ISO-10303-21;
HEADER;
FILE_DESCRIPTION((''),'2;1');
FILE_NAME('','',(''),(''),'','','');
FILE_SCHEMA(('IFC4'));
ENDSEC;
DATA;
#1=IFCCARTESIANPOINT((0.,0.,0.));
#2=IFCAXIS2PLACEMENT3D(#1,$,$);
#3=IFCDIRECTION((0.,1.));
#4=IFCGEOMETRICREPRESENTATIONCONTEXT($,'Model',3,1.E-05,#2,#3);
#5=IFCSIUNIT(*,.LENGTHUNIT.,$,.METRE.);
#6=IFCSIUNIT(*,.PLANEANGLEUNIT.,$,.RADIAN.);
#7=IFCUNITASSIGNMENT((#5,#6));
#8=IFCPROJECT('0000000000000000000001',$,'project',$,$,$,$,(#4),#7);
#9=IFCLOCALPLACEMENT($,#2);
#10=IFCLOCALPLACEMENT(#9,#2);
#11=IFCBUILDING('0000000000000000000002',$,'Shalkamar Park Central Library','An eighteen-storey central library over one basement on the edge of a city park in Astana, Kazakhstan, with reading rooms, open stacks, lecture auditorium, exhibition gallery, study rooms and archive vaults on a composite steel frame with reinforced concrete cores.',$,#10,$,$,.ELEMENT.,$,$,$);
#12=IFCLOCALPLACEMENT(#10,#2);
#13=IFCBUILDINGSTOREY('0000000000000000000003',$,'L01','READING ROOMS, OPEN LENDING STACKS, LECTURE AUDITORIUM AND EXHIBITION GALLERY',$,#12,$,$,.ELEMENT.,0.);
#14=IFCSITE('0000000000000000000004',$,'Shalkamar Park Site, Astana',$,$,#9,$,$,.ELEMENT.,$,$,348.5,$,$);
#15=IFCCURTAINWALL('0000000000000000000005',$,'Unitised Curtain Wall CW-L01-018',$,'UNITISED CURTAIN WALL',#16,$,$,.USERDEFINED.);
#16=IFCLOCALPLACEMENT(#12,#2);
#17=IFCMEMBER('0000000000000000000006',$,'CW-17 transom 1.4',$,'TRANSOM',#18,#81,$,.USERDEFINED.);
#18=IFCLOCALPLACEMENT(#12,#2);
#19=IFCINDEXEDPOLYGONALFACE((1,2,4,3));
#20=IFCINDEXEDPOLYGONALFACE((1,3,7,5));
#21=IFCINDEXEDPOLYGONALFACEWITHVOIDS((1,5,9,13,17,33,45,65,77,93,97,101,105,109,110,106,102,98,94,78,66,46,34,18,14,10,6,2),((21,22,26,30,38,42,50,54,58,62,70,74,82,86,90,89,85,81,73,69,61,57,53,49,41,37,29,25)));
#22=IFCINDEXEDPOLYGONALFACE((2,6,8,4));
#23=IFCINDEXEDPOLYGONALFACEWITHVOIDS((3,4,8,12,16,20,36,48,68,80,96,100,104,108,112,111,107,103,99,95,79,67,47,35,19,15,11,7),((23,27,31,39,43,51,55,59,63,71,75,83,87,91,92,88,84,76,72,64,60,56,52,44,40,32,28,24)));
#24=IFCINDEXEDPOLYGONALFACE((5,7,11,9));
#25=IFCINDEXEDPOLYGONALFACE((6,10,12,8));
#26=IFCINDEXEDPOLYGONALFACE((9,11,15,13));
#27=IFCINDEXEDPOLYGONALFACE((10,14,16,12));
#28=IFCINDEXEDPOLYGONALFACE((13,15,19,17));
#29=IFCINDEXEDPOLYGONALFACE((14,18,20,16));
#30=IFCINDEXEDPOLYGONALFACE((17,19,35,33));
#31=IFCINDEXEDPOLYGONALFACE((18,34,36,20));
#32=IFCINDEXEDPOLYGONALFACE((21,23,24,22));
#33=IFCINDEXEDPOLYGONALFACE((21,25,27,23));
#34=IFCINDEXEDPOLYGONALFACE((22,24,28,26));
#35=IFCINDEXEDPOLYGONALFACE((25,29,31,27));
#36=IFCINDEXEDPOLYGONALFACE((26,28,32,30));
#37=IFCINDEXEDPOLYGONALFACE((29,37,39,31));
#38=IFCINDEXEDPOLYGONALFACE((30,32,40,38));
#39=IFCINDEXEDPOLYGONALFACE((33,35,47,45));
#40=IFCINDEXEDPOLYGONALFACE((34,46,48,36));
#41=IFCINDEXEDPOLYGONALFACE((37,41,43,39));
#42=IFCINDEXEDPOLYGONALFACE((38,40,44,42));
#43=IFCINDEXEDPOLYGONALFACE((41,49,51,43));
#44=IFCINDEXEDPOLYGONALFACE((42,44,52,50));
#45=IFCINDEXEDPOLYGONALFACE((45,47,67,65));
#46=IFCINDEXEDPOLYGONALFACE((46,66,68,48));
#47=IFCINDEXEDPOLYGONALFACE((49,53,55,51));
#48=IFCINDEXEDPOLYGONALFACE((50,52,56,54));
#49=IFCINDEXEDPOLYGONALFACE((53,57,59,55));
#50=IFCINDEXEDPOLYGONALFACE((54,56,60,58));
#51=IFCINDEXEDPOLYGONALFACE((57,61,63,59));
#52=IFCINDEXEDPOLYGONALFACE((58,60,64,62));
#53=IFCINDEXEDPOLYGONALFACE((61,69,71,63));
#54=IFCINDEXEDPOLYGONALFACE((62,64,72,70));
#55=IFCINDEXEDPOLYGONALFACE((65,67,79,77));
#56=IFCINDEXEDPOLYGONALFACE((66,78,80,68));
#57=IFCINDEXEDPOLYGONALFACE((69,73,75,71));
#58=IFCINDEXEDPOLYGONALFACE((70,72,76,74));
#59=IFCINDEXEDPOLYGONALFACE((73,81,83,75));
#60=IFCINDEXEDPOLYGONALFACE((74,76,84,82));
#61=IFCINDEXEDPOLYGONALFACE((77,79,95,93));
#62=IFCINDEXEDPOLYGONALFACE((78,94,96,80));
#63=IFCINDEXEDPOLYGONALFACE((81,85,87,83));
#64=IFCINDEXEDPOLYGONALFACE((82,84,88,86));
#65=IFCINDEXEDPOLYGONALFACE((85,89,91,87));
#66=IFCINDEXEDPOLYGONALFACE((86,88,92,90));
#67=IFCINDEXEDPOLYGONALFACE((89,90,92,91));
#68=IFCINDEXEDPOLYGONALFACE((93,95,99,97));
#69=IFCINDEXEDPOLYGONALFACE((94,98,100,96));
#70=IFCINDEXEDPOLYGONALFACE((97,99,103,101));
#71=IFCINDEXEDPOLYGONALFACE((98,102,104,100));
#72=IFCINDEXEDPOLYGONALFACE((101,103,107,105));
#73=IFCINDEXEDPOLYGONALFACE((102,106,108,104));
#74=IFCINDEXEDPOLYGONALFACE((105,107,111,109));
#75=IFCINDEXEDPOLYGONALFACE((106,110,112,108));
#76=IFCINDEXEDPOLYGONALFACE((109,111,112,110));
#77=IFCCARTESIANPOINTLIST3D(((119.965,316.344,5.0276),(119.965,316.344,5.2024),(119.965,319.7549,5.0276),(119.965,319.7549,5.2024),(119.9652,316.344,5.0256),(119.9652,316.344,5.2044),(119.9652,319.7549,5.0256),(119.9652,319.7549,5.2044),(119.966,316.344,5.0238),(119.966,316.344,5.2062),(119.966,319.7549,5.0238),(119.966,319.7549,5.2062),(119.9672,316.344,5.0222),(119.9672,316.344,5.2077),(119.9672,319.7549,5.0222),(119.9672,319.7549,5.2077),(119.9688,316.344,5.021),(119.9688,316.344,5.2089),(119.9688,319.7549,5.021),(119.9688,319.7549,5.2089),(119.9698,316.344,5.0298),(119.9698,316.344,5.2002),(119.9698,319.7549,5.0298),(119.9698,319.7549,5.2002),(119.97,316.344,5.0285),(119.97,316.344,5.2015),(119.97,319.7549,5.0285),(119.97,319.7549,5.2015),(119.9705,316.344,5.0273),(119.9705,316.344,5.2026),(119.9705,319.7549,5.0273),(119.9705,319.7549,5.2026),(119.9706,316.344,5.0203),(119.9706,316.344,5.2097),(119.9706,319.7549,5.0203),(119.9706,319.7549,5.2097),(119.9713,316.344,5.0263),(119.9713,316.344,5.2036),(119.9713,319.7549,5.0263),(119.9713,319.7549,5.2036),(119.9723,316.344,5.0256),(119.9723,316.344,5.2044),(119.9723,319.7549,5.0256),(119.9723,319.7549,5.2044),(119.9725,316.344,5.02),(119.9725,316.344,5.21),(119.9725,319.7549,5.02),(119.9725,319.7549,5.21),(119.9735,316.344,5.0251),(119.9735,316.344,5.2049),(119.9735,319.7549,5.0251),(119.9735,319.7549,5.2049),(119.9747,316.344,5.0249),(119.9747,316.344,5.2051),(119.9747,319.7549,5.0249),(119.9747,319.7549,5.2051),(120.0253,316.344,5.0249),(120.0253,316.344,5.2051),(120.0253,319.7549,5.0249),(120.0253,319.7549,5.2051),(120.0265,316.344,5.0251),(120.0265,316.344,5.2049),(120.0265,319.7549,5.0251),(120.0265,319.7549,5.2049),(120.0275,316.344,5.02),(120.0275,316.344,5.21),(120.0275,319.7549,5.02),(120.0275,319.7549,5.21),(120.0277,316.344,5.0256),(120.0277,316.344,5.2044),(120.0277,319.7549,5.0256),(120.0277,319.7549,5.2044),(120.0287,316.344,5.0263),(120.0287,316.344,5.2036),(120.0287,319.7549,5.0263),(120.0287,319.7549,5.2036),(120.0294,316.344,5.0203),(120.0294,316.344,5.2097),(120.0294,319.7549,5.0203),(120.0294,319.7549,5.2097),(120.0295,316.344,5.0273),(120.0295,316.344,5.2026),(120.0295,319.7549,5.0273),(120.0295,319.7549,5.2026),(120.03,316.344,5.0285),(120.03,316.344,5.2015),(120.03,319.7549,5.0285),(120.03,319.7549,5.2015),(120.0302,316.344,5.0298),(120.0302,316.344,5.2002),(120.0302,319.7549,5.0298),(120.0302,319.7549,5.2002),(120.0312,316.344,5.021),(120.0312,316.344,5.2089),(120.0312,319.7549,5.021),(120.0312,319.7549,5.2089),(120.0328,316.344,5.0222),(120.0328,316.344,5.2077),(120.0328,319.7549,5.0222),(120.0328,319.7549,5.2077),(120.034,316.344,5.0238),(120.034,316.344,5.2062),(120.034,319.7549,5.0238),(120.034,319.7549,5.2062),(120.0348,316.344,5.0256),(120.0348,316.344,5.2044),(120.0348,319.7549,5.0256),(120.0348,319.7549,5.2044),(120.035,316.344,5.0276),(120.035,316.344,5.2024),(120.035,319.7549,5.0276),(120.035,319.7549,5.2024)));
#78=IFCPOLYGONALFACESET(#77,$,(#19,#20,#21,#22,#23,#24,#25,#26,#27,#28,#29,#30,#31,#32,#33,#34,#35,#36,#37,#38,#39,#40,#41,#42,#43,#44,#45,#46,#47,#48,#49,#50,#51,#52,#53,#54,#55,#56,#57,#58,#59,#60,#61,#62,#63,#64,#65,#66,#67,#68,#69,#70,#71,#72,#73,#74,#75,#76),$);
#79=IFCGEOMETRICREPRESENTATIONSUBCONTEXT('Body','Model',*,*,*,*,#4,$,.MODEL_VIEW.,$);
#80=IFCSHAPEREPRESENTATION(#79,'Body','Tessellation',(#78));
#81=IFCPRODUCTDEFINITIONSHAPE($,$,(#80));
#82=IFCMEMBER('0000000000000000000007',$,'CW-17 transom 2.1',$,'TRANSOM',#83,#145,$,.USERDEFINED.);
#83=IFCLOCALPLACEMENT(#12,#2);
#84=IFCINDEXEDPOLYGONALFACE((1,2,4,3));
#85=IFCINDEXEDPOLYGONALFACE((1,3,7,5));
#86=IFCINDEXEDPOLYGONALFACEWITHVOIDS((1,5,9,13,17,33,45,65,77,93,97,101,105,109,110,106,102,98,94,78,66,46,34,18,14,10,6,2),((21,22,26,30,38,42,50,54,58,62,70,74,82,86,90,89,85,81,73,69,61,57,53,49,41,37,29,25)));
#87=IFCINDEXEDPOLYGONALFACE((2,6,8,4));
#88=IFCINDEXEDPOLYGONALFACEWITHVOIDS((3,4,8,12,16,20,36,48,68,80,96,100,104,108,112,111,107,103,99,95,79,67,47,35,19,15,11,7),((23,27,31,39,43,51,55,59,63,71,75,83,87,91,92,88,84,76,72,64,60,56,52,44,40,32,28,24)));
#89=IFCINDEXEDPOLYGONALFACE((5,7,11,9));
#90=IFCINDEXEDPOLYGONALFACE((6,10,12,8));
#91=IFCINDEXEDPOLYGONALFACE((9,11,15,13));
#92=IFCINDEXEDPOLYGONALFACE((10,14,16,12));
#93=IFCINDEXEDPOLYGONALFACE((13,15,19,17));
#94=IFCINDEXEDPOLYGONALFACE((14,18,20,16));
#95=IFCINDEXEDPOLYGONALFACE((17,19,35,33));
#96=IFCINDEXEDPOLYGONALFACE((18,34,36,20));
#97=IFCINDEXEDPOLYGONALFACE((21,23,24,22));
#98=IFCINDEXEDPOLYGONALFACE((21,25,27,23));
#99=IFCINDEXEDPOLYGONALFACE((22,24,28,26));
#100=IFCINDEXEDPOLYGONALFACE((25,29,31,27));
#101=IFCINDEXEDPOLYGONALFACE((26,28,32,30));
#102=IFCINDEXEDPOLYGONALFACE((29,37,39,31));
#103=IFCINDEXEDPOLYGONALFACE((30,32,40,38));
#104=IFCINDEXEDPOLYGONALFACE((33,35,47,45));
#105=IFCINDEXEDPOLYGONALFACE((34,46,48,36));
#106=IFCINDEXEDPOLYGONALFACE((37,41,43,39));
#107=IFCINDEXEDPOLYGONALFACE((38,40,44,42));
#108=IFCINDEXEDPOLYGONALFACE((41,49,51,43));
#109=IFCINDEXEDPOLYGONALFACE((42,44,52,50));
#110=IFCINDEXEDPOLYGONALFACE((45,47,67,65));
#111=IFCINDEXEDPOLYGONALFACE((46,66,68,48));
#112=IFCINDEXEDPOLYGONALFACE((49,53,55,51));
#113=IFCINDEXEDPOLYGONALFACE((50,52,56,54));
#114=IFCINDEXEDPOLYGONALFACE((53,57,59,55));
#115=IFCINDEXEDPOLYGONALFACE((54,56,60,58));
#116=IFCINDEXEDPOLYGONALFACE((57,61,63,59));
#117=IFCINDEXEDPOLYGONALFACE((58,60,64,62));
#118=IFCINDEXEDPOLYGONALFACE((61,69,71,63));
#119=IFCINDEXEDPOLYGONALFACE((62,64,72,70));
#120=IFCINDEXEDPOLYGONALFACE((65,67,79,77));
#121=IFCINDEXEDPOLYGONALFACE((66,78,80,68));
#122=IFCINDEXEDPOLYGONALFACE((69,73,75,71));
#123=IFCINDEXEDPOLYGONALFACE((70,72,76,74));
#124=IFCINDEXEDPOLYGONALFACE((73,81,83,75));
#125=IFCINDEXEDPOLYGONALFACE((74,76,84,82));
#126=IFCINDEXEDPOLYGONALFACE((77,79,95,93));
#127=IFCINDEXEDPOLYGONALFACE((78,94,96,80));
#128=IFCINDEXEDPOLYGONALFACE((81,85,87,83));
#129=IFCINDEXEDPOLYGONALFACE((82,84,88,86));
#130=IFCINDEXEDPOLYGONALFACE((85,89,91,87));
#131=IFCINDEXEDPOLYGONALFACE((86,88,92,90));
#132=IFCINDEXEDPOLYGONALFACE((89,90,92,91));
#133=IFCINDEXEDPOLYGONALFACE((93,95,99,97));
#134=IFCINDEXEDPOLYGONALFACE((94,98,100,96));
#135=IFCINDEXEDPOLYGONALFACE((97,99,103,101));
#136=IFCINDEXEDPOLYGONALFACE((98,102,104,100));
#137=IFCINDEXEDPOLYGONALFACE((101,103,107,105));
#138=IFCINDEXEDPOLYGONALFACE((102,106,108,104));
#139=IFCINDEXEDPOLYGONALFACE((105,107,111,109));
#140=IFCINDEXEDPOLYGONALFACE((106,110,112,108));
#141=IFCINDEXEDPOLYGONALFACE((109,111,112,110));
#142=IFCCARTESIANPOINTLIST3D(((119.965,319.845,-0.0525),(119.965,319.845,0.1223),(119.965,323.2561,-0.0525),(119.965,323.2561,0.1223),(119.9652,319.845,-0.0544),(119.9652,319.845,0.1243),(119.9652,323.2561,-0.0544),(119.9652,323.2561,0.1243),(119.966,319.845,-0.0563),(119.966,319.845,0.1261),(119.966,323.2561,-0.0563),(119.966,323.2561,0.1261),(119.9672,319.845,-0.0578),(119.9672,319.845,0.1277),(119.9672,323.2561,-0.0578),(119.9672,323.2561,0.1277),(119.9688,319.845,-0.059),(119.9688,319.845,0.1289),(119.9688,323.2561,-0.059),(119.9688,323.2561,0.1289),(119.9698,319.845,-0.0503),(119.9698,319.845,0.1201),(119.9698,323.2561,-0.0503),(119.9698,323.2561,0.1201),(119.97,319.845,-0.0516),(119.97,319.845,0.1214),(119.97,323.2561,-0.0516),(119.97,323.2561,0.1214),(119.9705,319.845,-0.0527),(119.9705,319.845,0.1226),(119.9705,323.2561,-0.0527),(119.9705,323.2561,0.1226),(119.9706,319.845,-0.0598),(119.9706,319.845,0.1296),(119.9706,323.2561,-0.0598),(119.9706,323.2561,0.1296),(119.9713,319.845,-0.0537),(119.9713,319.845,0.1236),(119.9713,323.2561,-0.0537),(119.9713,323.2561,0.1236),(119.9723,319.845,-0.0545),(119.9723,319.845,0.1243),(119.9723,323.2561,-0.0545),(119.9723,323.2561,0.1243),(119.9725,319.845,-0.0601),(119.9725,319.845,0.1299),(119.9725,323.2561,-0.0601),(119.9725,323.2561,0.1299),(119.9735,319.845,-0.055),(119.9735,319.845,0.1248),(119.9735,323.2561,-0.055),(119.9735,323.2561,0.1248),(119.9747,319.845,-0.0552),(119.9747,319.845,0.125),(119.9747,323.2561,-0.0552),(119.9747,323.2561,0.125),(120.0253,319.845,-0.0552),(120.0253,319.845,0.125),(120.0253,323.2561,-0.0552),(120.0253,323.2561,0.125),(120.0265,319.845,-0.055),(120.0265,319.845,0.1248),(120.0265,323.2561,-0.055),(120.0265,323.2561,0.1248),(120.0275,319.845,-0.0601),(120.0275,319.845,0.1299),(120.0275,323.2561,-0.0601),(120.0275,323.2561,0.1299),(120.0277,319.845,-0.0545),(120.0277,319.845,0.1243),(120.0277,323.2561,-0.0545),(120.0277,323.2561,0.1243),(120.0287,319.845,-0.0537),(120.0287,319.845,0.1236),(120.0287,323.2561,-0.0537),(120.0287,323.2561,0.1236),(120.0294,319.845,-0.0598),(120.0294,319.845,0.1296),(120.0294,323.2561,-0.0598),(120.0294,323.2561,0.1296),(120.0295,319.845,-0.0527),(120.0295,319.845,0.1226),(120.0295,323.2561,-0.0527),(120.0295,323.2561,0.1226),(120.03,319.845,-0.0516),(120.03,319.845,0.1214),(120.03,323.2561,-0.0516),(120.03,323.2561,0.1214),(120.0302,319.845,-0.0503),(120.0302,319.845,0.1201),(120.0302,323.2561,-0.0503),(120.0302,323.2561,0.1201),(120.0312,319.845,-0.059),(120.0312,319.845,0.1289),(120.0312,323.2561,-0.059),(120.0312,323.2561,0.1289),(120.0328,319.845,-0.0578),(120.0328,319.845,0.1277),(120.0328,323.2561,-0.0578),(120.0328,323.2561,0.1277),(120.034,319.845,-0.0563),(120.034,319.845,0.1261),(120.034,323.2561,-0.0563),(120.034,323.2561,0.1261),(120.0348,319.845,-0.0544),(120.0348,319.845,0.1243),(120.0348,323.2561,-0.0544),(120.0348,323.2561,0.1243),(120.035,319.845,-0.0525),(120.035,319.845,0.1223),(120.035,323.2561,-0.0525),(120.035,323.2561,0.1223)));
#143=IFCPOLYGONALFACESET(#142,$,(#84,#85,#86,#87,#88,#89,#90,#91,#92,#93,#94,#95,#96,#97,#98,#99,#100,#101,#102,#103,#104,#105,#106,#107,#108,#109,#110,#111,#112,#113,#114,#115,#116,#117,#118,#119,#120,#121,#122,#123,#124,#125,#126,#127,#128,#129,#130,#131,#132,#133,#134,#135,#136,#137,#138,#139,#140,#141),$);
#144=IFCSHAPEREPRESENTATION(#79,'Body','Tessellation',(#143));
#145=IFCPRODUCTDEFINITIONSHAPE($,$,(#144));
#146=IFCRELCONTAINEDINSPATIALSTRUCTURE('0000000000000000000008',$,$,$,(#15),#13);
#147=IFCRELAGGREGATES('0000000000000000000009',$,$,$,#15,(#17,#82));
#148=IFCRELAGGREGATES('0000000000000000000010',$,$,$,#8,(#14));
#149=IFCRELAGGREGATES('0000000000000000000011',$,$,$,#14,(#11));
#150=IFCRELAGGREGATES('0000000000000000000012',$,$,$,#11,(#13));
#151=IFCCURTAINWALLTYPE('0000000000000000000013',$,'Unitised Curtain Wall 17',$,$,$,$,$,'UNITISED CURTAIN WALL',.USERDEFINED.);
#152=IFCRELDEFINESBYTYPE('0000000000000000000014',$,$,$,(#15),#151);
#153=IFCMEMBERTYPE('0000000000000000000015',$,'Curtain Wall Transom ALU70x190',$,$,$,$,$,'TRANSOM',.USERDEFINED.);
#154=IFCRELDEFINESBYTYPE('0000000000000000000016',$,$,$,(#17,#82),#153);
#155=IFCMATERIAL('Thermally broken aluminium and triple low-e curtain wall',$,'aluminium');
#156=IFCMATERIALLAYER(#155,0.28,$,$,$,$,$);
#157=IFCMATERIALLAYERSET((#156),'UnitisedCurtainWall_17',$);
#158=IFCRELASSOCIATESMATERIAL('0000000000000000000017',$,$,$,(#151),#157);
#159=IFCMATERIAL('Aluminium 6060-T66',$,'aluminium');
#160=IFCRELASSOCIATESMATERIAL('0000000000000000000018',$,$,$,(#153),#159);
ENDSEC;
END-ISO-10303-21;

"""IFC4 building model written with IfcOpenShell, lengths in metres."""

from ifc_helpers import new_model, si_unit, direction, frame, origin, origin_2d, place, context, subcontext, project, spatial, hollow_rectangle, extrude, material, layer, layer_set, material_profile, profile_set, type_object, element, aggregate, save


model = new_model("IFC4")

# Units and contexts
model_context = context("Model", 3, precision=1e-05, world=origin(), true_north=direction((0.0, 1.0)))
body_context = subcontext(model_context, "Body", "Model", "MODEL_VIEW")
ifc_project = project(units=[si_unit("LENGTHUNIT", "METRE"), si_unit("PLANEANGLEUNIT", "RADIAN")], contexts=[model_context])

# Site, building, storey
site_placement = place(None, origin())
site = spatial("IfcSite", under=ifc_project, at=site_placement, Name="Shalkamar Park Site, Astana", CompositionType="ELEMENT", RefElevation=348.5)
building_placement = place(site_placement, origin())
building = spatial("IfcBuilding", under=site, at=building_placement, Name="Shalkamar Park Central Library", Description="An eighteen-storey central library over one basement on the edge of a city park in Astana, Kazakhstan, with reading rooms, open stacks, lecture auditorium, exhibition gallery, study rooms and archive vaults on a composite steel frame with reinforced concrete cores.", CompositionType="ELEMENT")
storey_placement = place(building_placement, origin())
storey = spatial("IfcBuildingStorey", under=building, at=storey_placement, Name="L01", Description="READING ROOMS, OPEN LENDING STACKS, LECTURE AUDITORIUM AND EXHIBITION GALLERY", CompositionType="ELEMENT", Elevation=0.0)

# Curtain wall, members
ifc_material_1 = material(Name="Thermally broken aluminium and triple low-e curtain wall", Category="aluminium")
ifc_layer_1 = layer(ifc_material_1, 0.28)
ifc_layer_set_1 = layer_set([ifc_layer_1], Name="UnitisedCurtainWall_17")
curtain_wall_type = type_object("IfcCurtainWallType", Name="Unitised Curtain Wall 17", ElementType="UNITISED CURTAIN WALL", PredefinedType="USERDEFINED", material=ifc_layer_set_1)
curtain_wall_placement = place(storey_placement, origin())
curtain_wall = element("IfcCurtainWall", 1, at=curtain_wall_placement, inside=storey, type_object=curtain_wall_type, Name="Unitised Curtain Wall CW-L01-018", ObjectType="UNITISED CURTAIN WALL", PredefinedType="USERDEFINED")
ifc_material_2 = material(Name="Aluminium 6060-T66", Category="aluminium")
ifc_material_profile_1 = material_profile(ifc_material_2, hollow_rectangle(XDim=0.0701, YDim=0.1899, WallThickness=0.0049, InnerFilletRadius=0.0049, OuterFilletRadius=0.0076, at=origin_2d()), Name="ALU 70x190x5")
ifc_profile_set_1 = profile_set([ifc_material_profile_1], Name="Aluminium 6060-T66")
member_type_1 = type_object("IfcMemberType", Name="Curtain Wall Transom ALU70x190", ElementType="TRANSOM", PredefinedType="USERDEFINED", material=ifc_profile_set_1)
member_1_placement = place(storey_placement, frame((120.0, 316.344, 5.115), z_axis=(0.0, 1.0, 0.0), x_axis=(-1.0, 0.0, 0.0)))
member_1 = element("IfcMember", 2, at=member_1_placement, type_object=member_type_1, Name="CW-17 transom 1.4", ObjectType="TRANSOM", PredefinedType="USERDEFINED", context=body_context, shape_type="SweptSolid", body=[
    extrude(hollow_rectangle(XDim=0.0701, YDim=0.1899, WallThickness=0.0049, InnerFilletRadius=0.0049, OuterFilletRadius=0.0076, at=origin_2d()), origin(), (0.0, 0.0, 1.0), 3.4109),
])
member_2_placement = place(storey_placement, frame((120.0, 319.845, 0.0349), z_axis=(0.0, 1.0, 0.0), x_axis=(-1.0, 0.0, 0.0)))
member_2 = element("IfcMember", 3, at=member_2_placement, type_object=member_type_1, Name="CW-17 transom 2.1", ObjectType="TRANSOM", PredefinedType="USERDEFINED", context=body_context, shape_type="SweptSolid", body=[
    extrude(hollow_rectangle(XDim=0.0701, YDim=0.1899, WallThickness=0.0049, InnerFilletRadius=0.0049, OuterFilletRadius=0.0076, at=origin_2d()), origin(), (0.0, 0.0, 1.0), 3.4111),
])

aggregate(curtain_wall, [member_1, member_2])

save(model, "model.ifc")
